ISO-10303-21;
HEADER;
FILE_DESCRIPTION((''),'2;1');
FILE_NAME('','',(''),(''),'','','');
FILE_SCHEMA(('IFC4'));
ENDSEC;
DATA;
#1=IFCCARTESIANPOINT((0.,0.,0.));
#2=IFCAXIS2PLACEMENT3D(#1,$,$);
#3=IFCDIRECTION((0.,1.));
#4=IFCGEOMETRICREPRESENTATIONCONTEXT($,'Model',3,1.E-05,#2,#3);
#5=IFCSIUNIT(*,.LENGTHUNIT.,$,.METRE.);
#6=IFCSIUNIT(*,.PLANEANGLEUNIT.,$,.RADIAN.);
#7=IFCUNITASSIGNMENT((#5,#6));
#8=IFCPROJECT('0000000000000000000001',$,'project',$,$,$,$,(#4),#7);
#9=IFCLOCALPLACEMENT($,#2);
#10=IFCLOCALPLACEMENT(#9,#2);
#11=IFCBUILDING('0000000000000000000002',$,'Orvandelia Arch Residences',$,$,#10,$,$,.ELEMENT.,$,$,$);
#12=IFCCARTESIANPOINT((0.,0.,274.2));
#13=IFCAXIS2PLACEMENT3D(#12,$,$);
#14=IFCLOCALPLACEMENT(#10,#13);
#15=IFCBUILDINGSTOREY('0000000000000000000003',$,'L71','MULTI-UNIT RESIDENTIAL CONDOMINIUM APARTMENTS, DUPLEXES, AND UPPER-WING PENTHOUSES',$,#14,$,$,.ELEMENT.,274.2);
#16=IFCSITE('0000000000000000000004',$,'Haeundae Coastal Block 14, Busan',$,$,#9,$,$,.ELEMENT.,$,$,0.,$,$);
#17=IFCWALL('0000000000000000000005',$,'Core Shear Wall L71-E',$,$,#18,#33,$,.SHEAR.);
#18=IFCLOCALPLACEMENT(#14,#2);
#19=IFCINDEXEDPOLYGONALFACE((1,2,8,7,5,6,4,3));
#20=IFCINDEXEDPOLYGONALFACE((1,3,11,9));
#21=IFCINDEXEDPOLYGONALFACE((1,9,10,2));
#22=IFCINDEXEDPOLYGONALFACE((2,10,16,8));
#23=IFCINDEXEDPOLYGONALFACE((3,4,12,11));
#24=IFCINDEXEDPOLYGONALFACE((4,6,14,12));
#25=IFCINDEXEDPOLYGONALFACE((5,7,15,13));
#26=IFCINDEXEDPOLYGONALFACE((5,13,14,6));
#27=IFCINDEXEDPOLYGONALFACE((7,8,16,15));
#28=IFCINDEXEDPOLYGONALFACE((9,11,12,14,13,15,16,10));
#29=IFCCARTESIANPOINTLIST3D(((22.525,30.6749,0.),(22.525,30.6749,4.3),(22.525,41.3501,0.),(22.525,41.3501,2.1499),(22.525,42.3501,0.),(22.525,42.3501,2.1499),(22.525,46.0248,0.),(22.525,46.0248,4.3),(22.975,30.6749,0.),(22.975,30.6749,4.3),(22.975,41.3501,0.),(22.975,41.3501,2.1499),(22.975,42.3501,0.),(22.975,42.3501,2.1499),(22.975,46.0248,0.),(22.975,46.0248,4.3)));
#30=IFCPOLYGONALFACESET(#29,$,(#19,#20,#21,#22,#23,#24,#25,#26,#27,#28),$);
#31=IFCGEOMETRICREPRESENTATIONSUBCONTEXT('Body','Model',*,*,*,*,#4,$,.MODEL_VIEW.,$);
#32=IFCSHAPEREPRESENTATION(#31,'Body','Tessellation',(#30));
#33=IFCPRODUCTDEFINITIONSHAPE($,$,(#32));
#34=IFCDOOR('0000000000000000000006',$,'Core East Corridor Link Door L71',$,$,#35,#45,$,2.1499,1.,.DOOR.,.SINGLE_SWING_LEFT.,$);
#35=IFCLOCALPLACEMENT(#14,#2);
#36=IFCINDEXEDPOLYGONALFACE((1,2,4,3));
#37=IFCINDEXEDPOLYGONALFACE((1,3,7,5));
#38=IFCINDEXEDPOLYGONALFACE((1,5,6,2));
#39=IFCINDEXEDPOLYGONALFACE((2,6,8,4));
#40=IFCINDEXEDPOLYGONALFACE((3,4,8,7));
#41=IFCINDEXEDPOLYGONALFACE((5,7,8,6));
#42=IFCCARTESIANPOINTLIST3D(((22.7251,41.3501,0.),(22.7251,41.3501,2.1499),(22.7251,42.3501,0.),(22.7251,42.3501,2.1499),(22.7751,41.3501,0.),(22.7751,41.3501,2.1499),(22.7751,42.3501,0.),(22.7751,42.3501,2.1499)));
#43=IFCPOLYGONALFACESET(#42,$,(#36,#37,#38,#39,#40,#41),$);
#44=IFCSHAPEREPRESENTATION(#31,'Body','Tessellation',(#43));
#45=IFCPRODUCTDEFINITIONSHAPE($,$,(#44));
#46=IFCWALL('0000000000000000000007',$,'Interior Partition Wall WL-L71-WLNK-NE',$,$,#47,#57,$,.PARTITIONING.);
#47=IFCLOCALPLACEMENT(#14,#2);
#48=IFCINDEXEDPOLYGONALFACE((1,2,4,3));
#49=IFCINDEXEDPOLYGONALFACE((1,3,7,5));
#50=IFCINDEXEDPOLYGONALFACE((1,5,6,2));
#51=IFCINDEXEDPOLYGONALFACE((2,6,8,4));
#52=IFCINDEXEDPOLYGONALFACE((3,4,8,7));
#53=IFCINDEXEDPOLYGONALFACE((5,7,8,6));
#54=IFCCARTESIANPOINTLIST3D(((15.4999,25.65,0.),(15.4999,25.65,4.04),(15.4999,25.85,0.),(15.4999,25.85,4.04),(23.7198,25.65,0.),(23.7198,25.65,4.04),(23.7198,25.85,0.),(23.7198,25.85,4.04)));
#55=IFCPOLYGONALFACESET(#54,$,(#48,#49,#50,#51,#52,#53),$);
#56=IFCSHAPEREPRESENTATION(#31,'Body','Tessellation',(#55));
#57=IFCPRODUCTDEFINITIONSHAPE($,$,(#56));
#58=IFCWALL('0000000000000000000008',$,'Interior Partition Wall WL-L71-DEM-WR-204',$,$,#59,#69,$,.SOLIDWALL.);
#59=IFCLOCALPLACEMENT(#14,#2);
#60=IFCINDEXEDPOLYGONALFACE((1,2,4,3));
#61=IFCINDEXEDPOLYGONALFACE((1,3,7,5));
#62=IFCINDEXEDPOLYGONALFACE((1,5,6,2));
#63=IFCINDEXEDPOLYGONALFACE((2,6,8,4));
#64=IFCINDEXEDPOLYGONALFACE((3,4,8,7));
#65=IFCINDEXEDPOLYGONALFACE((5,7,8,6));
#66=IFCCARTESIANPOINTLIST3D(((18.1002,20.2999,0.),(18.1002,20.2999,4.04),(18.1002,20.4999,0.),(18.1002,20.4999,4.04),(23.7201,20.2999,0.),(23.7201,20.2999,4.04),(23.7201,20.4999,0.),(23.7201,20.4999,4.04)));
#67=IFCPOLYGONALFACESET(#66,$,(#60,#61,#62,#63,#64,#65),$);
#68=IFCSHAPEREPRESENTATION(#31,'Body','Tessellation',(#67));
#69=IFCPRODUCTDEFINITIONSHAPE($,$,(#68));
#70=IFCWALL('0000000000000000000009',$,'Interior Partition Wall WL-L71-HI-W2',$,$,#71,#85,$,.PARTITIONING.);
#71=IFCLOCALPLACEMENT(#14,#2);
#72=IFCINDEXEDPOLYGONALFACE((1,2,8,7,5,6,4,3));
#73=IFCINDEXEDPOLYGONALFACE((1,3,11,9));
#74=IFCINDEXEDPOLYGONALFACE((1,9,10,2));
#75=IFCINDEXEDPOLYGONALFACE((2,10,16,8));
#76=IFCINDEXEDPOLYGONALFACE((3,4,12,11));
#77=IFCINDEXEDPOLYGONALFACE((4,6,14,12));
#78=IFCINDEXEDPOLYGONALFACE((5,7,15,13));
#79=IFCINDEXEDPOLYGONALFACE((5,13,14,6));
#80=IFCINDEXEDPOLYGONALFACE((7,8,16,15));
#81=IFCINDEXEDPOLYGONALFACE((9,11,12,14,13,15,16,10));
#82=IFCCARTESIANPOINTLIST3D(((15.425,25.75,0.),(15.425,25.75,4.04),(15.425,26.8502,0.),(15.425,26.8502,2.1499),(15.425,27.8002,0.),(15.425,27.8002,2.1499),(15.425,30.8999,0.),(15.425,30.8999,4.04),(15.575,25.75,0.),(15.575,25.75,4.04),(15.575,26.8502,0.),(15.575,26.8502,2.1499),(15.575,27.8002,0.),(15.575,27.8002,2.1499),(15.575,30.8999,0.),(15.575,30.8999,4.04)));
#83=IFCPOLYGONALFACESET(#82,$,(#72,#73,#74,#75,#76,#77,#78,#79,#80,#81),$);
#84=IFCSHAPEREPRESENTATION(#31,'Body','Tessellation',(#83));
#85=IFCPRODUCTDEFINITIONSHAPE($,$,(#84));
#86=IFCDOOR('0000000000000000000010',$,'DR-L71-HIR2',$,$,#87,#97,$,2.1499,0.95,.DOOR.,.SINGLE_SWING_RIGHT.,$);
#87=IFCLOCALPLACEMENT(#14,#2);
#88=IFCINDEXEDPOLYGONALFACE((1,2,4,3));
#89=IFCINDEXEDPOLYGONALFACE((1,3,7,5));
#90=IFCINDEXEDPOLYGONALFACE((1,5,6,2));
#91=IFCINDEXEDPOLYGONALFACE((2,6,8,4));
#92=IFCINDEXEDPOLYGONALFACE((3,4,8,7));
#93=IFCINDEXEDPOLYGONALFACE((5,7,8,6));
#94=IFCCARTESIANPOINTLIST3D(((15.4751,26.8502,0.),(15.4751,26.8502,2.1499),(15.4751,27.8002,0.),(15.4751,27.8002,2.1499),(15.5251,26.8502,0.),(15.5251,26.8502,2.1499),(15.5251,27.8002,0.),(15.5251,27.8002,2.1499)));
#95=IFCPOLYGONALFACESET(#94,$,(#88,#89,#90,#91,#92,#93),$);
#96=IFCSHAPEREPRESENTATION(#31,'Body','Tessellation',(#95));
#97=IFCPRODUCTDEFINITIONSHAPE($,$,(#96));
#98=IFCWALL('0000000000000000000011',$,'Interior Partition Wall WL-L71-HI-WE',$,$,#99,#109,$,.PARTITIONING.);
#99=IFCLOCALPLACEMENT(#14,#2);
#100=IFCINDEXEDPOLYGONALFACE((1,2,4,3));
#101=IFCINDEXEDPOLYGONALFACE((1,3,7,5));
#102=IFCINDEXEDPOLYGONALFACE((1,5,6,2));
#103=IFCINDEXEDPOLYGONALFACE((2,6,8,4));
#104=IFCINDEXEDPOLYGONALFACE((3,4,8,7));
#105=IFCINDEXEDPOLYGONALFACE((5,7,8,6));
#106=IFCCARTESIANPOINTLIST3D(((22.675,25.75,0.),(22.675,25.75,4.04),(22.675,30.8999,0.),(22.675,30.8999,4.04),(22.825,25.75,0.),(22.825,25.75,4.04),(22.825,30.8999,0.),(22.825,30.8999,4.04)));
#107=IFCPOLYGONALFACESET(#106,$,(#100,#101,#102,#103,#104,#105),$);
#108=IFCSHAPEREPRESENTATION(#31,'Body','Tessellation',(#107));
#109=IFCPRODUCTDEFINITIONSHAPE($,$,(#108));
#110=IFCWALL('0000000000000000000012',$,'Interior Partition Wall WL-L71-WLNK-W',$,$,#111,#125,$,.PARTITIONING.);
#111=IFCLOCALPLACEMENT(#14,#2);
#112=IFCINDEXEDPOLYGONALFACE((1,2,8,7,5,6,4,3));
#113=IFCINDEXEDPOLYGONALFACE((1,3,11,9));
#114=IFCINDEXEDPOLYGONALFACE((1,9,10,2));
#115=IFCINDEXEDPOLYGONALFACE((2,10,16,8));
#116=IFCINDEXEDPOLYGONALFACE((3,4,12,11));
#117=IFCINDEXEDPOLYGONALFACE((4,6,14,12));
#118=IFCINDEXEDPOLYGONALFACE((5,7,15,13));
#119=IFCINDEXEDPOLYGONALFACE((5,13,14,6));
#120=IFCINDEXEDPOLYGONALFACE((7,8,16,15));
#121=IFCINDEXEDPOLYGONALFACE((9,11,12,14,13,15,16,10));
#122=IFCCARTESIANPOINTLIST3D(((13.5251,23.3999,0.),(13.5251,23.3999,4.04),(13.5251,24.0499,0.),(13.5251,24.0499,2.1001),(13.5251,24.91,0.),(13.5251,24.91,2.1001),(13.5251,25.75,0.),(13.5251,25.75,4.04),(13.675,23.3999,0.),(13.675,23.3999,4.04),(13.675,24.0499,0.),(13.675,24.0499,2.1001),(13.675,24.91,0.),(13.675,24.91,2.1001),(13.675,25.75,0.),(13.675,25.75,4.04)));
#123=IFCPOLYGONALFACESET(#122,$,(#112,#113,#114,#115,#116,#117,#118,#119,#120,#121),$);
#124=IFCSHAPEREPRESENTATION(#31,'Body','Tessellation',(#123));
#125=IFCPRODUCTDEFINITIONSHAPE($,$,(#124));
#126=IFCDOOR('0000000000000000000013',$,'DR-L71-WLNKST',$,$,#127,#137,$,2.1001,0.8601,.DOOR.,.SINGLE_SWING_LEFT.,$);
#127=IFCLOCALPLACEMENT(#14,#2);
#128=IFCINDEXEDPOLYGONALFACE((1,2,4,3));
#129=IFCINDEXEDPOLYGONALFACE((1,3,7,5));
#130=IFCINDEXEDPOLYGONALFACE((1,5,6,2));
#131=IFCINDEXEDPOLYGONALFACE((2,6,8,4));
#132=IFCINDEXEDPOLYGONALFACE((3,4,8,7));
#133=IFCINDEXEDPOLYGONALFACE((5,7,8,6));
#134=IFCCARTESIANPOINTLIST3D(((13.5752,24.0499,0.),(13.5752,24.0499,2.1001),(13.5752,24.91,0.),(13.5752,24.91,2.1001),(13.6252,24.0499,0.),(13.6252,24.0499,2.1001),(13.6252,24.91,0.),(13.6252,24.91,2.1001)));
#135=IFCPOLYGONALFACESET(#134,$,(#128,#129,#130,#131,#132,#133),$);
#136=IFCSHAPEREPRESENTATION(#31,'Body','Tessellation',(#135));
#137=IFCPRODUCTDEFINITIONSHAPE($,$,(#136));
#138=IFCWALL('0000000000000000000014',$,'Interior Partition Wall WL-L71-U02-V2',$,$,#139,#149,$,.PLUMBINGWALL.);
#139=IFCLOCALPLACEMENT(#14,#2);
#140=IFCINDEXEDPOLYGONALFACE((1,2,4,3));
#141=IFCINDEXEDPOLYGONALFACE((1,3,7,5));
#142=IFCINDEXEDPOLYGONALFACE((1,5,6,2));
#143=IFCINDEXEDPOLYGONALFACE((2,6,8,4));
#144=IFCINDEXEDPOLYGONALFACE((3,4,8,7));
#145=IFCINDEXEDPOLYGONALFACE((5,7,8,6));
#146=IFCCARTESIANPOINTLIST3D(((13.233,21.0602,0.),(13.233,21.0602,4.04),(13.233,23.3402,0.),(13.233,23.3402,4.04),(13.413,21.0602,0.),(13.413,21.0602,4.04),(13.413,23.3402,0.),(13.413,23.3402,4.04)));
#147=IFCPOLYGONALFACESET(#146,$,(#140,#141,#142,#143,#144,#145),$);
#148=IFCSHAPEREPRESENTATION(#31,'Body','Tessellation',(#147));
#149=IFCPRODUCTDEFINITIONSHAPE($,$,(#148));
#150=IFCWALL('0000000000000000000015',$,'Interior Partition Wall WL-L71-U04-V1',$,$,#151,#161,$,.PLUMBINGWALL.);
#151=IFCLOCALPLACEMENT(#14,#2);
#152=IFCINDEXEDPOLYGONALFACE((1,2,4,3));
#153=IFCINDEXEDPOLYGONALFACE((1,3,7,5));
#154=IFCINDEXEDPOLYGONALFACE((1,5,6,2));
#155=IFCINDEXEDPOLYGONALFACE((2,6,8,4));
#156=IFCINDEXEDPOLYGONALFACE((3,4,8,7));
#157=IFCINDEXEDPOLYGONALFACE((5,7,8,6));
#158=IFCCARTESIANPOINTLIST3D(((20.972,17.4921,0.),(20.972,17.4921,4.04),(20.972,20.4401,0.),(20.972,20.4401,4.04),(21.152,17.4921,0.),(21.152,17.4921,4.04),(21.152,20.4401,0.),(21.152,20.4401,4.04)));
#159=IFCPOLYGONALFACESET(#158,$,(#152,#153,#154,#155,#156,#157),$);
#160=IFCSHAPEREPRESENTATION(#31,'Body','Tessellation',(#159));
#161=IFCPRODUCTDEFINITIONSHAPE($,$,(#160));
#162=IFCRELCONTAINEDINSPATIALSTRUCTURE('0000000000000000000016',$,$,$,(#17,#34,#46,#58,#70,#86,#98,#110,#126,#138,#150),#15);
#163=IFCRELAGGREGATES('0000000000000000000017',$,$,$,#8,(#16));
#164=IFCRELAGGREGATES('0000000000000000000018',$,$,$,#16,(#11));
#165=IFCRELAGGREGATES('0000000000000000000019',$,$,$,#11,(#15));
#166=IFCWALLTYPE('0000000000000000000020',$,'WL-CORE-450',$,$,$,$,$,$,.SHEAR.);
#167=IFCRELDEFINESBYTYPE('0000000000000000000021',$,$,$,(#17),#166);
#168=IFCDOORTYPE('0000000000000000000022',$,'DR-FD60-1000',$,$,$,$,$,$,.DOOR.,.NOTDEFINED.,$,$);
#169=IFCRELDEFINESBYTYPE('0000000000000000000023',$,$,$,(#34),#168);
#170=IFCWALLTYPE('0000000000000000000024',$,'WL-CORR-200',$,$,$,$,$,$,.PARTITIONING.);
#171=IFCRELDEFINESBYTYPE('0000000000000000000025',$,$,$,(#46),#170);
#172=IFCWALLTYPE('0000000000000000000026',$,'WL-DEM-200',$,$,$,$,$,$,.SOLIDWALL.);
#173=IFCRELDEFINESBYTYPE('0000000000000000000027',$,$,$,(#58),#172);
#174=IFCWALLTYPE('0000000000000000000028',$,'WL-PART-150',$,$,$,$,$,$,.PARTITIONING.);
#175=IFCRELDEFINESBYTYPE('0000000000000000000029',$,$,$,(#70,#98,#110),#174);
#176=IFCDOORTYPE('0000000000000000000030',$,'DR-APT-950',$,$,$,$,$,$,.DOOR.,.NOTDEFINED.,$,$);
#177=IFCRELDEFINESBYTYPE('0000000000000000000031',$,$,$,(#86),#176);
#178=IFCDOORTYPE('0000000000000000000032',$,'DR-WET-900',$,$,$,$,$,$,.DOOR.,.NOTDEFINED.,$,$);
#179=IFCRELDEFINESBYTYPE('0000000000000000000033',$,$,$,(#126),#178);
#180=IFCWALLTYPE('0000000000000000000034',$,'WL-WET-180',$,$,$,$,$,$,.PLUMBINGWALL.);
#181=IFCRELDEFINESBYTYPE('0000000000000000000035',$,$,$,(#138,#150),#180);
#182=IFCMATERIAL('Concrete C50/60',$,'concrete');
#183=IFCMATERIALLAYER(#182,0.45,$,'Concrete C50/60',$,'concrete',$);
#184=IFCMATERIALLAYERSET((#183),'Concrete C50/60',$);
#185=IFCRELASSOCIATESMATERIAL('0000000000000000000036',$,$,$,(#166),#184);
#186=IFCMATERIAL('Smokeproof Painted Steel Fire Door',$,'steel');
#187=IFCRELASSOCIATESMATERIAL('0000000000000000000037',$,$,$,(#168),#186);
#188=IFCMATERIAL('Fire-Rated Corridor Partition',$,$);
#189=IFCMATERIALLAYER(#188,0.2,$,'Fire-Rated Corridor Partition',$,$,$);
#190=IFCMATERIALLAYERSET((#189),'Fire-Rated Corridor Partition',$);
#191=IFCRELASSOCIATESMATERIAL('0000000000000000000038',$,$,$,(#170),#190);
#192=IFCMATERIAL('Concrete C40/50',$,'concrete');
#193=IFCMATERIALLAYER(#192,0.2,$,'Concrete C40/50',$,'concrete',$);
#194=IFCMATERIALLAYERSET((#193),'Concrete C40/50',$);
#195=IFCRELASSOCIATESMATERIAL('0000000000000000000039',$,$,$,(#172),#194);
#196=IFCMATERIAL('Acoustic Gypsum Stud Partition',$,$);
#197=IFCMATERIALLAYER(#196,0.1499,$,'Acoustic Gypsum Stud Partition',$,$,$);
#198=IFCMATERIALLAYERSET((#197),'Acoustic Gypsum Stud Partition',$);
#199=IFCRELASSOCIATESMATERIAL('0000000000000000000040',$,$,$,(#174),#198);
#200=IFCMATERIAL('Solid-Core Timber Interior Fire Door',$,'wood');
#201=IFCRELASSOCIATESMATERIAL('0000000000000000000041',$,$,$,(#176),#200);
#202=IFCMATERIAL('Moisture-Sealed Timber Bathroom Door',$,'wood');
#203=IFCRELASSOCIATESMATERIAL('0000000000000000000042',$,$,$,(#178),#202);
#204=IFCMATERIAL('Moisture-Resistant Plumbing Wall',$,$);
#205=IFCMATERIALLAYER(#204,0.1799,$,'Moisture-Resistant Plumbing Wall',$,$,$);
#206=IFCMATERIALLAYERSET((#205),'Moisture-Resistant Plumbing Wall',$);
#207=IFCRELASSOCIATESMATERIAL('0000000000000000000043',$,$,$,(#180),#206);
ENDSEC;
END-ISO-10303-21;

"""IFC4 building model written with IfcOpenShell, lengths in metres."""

from ifc_helpers import new_model, si_unit, direction, frame, frame_2d, origin, place, context, subcontext, project, spatial, rectangle, extrude, material, layer, layer_set, type_object, element, fill, save


model = new_model("IFC4")

# Units and contexts
model_context = context("Model", 3, precision=1e-05, world=origin(), true_north=direction((0.0, 1.0)))
body_context = subcontext(model_context, "Body", "Model", "MODEL_VIEW")
ifc_project = project(units=[si_unit("LENGTHUNIT", "METRE"), si_unit("PLANEANGLEUNIT", "RADIAN")], contexts=[model_context])

# Site, building, storey
site_placement = place(None, origin())
site = spatial("IfcSite", under=ifc_project, at=site_placement, Name="Haeundae Coastal Block 14, Busan", CompositionType="ELEMENT", RefElevation=0.0)
building_placement = place(site_placement, origin())
building = spatial("IfcBuilding", under=site, at=building_placement, Name="Orvandelia Arch Residences", CompositionType="ELEMENT")
storey_placement = place(building_placement, frame((0.0, 0.0, 274.2)))
storey = spatial("IfcBuildingStorey", under=building, at=storey_placement, Name="L71", Description="MULTI-UNIT RESIDENTIAL CONDOMINIUM APARTMENTS, DUPLEXES, AND UPPER-WING PENTHOUSES", CompositionType="ELEMENT", Elevation=274.2)

# Shared definitions
ifc_material_1 = material(Name="Concrete C50/60", Category="concrete")

# Wall, opening, door
ifc_layer_1 = layer(ifc_material_1, 0.45, Name="Concrete C50/60", Category="concrete")
ifc_layer_set_1 = layer_set([ifc_layer_1], Name="Concrete C50/60")
wall_type_1 = type_object("IfcWallType", Name="WL-CORE-450", PredefinedType="SHEAR", material=ifc_layer_set_1)
wall_1_placement = place(storey_placement, frame((22.75, 30.675, 0.0), z_axis=(0.0, 0.0, 1.0), x_axis=(0.0, 1.0, 0.0)))
wall_1 = element("IfcWall", 1, at=wall_1_placement, inside=storey, type_object=wall_type_1, Name="Core Shear Wall L71-E", PredefinedType="SHEAR", context=body_context, shape_type="SweptSolid", body=[
    extrude(rectangle(XDim=15.3499, YDim=0.45, at=frame_2d((7.6748, 0.0))), origin(), (0.0, 0.0, 1.0), 4.3),
])
opening_1_placement = place(wall_1_placement, frame((10.675, 0.0, 0.0)))
opening_1 = element("IfcOpeningElement", 2, at=opening_1_placement, cuts=wall_1, PredefinedType="OPENING", context=body_context, shape_type="SweptSolid", body=[
    extrude(rectangle(XDim=1.0, YDim=2.1499, at=frame_2d((0.5, 1.075))), frame((0.0, 0.2349, 0.0), z_axis=(0.0, -1.0, 0.0), x_axis=(1.0, 0.0, 0.0)), (0.0, 0.0, 1.0), 0.47),
])
ifc_material_2 = material(Name="Smokeproof Painted Steel Fire Door", Category="steel")
door_type_1 = type_object("IfcDoorType", Name="DR-FD60-1000", OperationType="NOTDEFINED", PredefinedType="DOOR", material=ifc_material_2)
door_1_placement = place(opening_1_placement, origin())
door_1 = element("IfcDoor", 3, at=door_1_placement, inside=storey, type_object=door_type_1, Name="Core East Corridor Link Door L71", OperationType="SINGLE_SWING_LEFT", OverallHeight=2.1499, OverallWidth=1.0, PredefinedType="DOOR", context=body_context, shape_type="SweptSolid", body=[
    extrude(rectangle(XDim=1.0, YDim=2.1499, at=frame_2d((0.5, 1.075))), frame((0.0, 0.0249, 0.0), z_axis=(0.0, -1.0, 0.0), x_axis=(1.0, 0.0, 0.0)), (0.0, 0.0, 1.0), 0.05),
])
fill(opening_1, door_1)

# Walls
ifc_material_3 = material(Name="Fire-Rated Corridor Partition")
ifc_layer_2 = layer(ifc_material_3, 0.2, Name="Fire-Rated Corridor Partition")
ifc_layer_set_2 = layer_set([ifc_layer_2], Name="Fire-Rated Corridor Partition")
wall_type_2 = type_object("IfcWallType", Name="WL-CORR-200", PredefinedType="PARTITIONING", material=ifc_layer_set_2)
wall_2_placement = place(storey_placement, frame((15.5, 25.75, 0.0), z_axis=(0.0, 0.0, 1.0), x_axis=(1.0, 0.0, 0.0)))
element("IfcWall", 4, at=wall_2_placement, inside=storey, type_object=wall_type_2, Name="Interior Partition Wall WL-L71-WLNK-NE", PredefinedType="PARTITIONING", context=body_context, shape_type="SweptSolid", body=[
    extrude(rectangle(XDim=8.22, YDim=0.2, at=frame_2d((4.1099, 0.0))), origin(), (0.0, 0.0, 1.0), 4.04),
])
ifc_material_4 = material(Name="Concrete C40/50", Category="concrete")
ifc_layer_3 = layer(ifc_material_4, 0.2, Name="Concrete C40/50", Category="concrete")
ifc_layer_set_3 = layer_set([ifc_layer_3], Name="Concrete C40/50")
wall_type_3 = type_object("IfcWallType", Name="WL-DEM-200", PredefinedType="SOLIDWALL", material=ifc_layer_set_3)
wall_3_placement = place(storey_placement, frame((18.1001, 20.3999, 0.0), z_axis=(0.0, 0.0, 1.0), x_axis=(1.0, 0.0, 0.0)))
element("IfcWall", 5, at=wall_3_placement, inside=storey, type_object=wall_type_3, Name="Interior Partition Wall WL-L71-DEM-WR-204", PredefinedType="SOLIDWALL", context=body_context, shape_type="SweptSolid", body=[
    extrude(rectangle(XDim=5.6199, YDim=0.2, at=frame_2d((2.8101, 0.0))), origin(), (0.0, 0.0, 1.0), 4.04),
])

# Shared definitions
ifc_material_5 = material(Name="Acoustic Gypsum Stud Partition")
ifc_layer_4 = layer(ifc_material_5, 0.1499, Name="Acoustic Gypsum Stud Partition")
ifc_layer_set_4 = layer_set([ifc_layer_4], Name="Acoustic Gypsum Stud Partition")
wall_type_4 = type_object("IfcWallType", Name="WL-PART-150", PredefinedType="PARTITIONING", material=ifc_layer_set_4)
ifc_material_6 = material(Name="Solid-Core Timber Interior Fire Door", Category="wood")
door_type_2 = type_object("IfcDoorType", Name="DR-APT-950", OperationType="NOTDEFINED", PredefinedType="DOOR", material=ifc_material_6)

# Wall, opening, door
wall_4_placement = place(storey_placement, frame((15.5, 25.75, 0.0), z_axis=(0.0, 0.0, 1.0), x_axis=(0.0, 1.0, 0.0)))
wall_4 = element("IfcWall", 6, at=wall_4_placement, inside=storey, type_object=wall_type_4, Name="Interior Partition Wall WL-L71-HI-W2", PredefinedType="PARTITIONING", context=body_context, shape_type="SweptSolid", body=[
    extrude(rectangle(XDim=5.1499, YDim=0.1499, at=frame_2d((2.575, 0.0))), origin(), (0.0, 0.0, 1.0), 4.04),
])
opening_2_placement = place(wall_4_placement, frame((1.1001, 0.0, 0.0)))
opening_2 = element("IfcOpeningElement", 7, at=opening_2_placement, cuts=wall_4, PredefinedType="OPENING", context=body_context, shape_type="SweptSolid", body=[
    extrude(rectangle(XDim=0.95, YDim=2.1499, at=frame_2d((0.4751, 1.075))), frame((0.0, 0.085, 0.0), z_axis=(0.0, -1.0, 0.0), x_axis=(1.0, 0.0, 0.0)), (0.0, 0.0, 1.0), 0.1699),
])
door_2_placement = place(opening_2_placement, origin())
door_2 = element("IfcDoor", 8, at=door_2_placement, inside=storey, type_object=door_type_2, Name="DR-L71-HIR2", OperationType="SINGLE_SWING_RIGHT", OverallHeight=2.1499, OverallWidth=0.95, PredefinedType="DOOR", context=body_context, shape_type="SweptSolid", body=[
    extrude(rectangle(XDim=0.95, YDim=2.1499, at=frame_2d((0.4751, 1.075))), frame((0.0, 0.0249, 0.0), z_axis=(0.0, -1.0, 0.0), x_axis=(1.0, 0.0, 0.0)), (0.0, 0.0, 1.0), 0.05),
])
fill(opening_2, door_2)

# Wall
wall_5_placement = place(storey_placement, frame((22.75, 25.75, 0.0), z_axis=(0.0, 0.0, 1.0), x_axis=(0.0, 1.0, 0.0)))
element("IfcWall", 9, at=wall_5_placement, inside=storey, type_object=wall_type_4, Name="Interior Partition Wall WL-L71-HI-WE", PredefinedType="PARTITIONING", context=body_context, shape_type="SweptSolid", body=[
    extrude(rectangle(XDim=5.1499, YDim=0.1499, at=frame_2d((2.575, 0.0))), origin(), (0.0, 0.0, 1.0), 4.04),
])

# Wall, opening, door
wall_6_placement = place(storey_placement, frame((13.6001, 23.3999, 0.0), z_axis=(0.0, 0.0, 1.0), x_axis=(0.0, 1.0, 0.0)))
wall_6 = element("IfcWall", 10, at=wall_6_placement, inside=storey, type_object=wall_type_4, Name="Interior Partition Wall WL-L71-WLNK-W", PredefinedType="PARTITIONING", context=body_context, shape_type="SweptSolid", body=[
    extrude(rectangle(XDim=2.3501, YDim=0.1499, at=frame_2d((1.175, 0.0))), origin(), (0.0, 0.0, 1.0), 4.04),
])
opening_3_placement = place(wall_6_placement, frame((0.6499, 0.0, 0.0)))
opening_3 = element("IfcOpeningElement", 11, at=opening_3_placement, cuts=wall_6, PredefinedType="OPENING", context=body_context, shape_type="SweptSolid", body=[
    extrude(rectangle(XDim=0.8601, YDim=2.1001, at=frame_2d((0.4302, 1.05))), frame((0.0, 0.085, 0.0), z_axis=(0.0, -1.0, 0.0), x_axis=(1.0, 0.0, 0.0)), (0.0, 0.0, 1.0), 0.1699),
])
ifc_material_7 = material(Name="Moisture-Sealed Timber Bathroom Door", Category="wood")
door_type_3 = type_object("IfcDoorType", Name="DR-WET-900", OperationType="NOTDEFINED", PredefinedType="DOOR", material=ifc_material_7)
door_3_placement = place(opening_3_placement, origin())
door_3 = element("IfcDoor", 12, at=door_3_placement, inside=storey, type_object=door_type_3, Name="DR-L71-WLNKST", OperationType="SINGLE_SWING_LEFT", OverallHeight=2.1001, OverallWidth=0.8601, PredefinedType="DOOR", context=body_context, shape_type="SweptSolid", body=[
    extrude(rectangle(XDim=0.8601, YDim=2.1001, at=frame_2d((0.4302, 1.05))), frame((0.0, 0.0249, 0.0), z_axis=(0.0, -1.0, 0.0), x_axis=(1.0, 0.0, 0.0)), (0.0, 0.0, 1.0), 0.05),
])
fill(opening_3, door_3)

# Walls
ifc_material_8 = material(Name="Moisture-Resistant Plumbing Wall")
ifc_layer_5 = layer(ifc_material_8, 0.1799, Name="Moisture-Resistant Plumbing Wall")
ifc_layer_set_5 = layer_set([ifc_layer_5], Name="Moisture-Resistant Plumbing Wall")
wall_type_5 = type_object("IfcWallType", Name="WL-WET-180", PredefinedType="PLUMBINGWALL", material=ifc_layer_set_5)
wall_7_placement = place(storey_placement, frame((13.323, 21.0601, 0.0), z_axis=(0.0, 0.0, 1.0), x_axis=(0.0, 1.0, 0.0)))
element("IfcWall", 13, at=wall_7_placement, inside=storey, type_object=wall_type_5, Name="Interior Partition Wall WL-L71-U02-V2", PredefinedType="PLUMBINGWALL", context=body_context, shape_type="SweptSolid", body=[
    extrude(rectangle(XDim=2.28, YDim=0.1799, at=frame_2d((1.1401, 0.0))), origin(), (0.0, 0.0, 1.0), 4.04),
])
wall_8_placement = place(storey_placement, frame((21.062, 17.4919, 0.0), z_axis=(0.0, 0.0, 1.0), x_axis=(0.0, 1.0, 0.0)))
element("IfcWall", 14, at=wall_8_placement, inside=storey, type_object=wall_type_5, Name="Interior Partition Wall WL-L71-U04-V1", PredefinedType="PLUMBINGWALL", context=body_context, shape_type="SweptSolid", body=[
    extrude(rectangle(XDim=2.948, YDim=0.1799, at=frame_2d((1.4741, 0.0))), origin(), (0.0, 0.0, 1.0), 4.04),
])

save(model, "model.ifc")
